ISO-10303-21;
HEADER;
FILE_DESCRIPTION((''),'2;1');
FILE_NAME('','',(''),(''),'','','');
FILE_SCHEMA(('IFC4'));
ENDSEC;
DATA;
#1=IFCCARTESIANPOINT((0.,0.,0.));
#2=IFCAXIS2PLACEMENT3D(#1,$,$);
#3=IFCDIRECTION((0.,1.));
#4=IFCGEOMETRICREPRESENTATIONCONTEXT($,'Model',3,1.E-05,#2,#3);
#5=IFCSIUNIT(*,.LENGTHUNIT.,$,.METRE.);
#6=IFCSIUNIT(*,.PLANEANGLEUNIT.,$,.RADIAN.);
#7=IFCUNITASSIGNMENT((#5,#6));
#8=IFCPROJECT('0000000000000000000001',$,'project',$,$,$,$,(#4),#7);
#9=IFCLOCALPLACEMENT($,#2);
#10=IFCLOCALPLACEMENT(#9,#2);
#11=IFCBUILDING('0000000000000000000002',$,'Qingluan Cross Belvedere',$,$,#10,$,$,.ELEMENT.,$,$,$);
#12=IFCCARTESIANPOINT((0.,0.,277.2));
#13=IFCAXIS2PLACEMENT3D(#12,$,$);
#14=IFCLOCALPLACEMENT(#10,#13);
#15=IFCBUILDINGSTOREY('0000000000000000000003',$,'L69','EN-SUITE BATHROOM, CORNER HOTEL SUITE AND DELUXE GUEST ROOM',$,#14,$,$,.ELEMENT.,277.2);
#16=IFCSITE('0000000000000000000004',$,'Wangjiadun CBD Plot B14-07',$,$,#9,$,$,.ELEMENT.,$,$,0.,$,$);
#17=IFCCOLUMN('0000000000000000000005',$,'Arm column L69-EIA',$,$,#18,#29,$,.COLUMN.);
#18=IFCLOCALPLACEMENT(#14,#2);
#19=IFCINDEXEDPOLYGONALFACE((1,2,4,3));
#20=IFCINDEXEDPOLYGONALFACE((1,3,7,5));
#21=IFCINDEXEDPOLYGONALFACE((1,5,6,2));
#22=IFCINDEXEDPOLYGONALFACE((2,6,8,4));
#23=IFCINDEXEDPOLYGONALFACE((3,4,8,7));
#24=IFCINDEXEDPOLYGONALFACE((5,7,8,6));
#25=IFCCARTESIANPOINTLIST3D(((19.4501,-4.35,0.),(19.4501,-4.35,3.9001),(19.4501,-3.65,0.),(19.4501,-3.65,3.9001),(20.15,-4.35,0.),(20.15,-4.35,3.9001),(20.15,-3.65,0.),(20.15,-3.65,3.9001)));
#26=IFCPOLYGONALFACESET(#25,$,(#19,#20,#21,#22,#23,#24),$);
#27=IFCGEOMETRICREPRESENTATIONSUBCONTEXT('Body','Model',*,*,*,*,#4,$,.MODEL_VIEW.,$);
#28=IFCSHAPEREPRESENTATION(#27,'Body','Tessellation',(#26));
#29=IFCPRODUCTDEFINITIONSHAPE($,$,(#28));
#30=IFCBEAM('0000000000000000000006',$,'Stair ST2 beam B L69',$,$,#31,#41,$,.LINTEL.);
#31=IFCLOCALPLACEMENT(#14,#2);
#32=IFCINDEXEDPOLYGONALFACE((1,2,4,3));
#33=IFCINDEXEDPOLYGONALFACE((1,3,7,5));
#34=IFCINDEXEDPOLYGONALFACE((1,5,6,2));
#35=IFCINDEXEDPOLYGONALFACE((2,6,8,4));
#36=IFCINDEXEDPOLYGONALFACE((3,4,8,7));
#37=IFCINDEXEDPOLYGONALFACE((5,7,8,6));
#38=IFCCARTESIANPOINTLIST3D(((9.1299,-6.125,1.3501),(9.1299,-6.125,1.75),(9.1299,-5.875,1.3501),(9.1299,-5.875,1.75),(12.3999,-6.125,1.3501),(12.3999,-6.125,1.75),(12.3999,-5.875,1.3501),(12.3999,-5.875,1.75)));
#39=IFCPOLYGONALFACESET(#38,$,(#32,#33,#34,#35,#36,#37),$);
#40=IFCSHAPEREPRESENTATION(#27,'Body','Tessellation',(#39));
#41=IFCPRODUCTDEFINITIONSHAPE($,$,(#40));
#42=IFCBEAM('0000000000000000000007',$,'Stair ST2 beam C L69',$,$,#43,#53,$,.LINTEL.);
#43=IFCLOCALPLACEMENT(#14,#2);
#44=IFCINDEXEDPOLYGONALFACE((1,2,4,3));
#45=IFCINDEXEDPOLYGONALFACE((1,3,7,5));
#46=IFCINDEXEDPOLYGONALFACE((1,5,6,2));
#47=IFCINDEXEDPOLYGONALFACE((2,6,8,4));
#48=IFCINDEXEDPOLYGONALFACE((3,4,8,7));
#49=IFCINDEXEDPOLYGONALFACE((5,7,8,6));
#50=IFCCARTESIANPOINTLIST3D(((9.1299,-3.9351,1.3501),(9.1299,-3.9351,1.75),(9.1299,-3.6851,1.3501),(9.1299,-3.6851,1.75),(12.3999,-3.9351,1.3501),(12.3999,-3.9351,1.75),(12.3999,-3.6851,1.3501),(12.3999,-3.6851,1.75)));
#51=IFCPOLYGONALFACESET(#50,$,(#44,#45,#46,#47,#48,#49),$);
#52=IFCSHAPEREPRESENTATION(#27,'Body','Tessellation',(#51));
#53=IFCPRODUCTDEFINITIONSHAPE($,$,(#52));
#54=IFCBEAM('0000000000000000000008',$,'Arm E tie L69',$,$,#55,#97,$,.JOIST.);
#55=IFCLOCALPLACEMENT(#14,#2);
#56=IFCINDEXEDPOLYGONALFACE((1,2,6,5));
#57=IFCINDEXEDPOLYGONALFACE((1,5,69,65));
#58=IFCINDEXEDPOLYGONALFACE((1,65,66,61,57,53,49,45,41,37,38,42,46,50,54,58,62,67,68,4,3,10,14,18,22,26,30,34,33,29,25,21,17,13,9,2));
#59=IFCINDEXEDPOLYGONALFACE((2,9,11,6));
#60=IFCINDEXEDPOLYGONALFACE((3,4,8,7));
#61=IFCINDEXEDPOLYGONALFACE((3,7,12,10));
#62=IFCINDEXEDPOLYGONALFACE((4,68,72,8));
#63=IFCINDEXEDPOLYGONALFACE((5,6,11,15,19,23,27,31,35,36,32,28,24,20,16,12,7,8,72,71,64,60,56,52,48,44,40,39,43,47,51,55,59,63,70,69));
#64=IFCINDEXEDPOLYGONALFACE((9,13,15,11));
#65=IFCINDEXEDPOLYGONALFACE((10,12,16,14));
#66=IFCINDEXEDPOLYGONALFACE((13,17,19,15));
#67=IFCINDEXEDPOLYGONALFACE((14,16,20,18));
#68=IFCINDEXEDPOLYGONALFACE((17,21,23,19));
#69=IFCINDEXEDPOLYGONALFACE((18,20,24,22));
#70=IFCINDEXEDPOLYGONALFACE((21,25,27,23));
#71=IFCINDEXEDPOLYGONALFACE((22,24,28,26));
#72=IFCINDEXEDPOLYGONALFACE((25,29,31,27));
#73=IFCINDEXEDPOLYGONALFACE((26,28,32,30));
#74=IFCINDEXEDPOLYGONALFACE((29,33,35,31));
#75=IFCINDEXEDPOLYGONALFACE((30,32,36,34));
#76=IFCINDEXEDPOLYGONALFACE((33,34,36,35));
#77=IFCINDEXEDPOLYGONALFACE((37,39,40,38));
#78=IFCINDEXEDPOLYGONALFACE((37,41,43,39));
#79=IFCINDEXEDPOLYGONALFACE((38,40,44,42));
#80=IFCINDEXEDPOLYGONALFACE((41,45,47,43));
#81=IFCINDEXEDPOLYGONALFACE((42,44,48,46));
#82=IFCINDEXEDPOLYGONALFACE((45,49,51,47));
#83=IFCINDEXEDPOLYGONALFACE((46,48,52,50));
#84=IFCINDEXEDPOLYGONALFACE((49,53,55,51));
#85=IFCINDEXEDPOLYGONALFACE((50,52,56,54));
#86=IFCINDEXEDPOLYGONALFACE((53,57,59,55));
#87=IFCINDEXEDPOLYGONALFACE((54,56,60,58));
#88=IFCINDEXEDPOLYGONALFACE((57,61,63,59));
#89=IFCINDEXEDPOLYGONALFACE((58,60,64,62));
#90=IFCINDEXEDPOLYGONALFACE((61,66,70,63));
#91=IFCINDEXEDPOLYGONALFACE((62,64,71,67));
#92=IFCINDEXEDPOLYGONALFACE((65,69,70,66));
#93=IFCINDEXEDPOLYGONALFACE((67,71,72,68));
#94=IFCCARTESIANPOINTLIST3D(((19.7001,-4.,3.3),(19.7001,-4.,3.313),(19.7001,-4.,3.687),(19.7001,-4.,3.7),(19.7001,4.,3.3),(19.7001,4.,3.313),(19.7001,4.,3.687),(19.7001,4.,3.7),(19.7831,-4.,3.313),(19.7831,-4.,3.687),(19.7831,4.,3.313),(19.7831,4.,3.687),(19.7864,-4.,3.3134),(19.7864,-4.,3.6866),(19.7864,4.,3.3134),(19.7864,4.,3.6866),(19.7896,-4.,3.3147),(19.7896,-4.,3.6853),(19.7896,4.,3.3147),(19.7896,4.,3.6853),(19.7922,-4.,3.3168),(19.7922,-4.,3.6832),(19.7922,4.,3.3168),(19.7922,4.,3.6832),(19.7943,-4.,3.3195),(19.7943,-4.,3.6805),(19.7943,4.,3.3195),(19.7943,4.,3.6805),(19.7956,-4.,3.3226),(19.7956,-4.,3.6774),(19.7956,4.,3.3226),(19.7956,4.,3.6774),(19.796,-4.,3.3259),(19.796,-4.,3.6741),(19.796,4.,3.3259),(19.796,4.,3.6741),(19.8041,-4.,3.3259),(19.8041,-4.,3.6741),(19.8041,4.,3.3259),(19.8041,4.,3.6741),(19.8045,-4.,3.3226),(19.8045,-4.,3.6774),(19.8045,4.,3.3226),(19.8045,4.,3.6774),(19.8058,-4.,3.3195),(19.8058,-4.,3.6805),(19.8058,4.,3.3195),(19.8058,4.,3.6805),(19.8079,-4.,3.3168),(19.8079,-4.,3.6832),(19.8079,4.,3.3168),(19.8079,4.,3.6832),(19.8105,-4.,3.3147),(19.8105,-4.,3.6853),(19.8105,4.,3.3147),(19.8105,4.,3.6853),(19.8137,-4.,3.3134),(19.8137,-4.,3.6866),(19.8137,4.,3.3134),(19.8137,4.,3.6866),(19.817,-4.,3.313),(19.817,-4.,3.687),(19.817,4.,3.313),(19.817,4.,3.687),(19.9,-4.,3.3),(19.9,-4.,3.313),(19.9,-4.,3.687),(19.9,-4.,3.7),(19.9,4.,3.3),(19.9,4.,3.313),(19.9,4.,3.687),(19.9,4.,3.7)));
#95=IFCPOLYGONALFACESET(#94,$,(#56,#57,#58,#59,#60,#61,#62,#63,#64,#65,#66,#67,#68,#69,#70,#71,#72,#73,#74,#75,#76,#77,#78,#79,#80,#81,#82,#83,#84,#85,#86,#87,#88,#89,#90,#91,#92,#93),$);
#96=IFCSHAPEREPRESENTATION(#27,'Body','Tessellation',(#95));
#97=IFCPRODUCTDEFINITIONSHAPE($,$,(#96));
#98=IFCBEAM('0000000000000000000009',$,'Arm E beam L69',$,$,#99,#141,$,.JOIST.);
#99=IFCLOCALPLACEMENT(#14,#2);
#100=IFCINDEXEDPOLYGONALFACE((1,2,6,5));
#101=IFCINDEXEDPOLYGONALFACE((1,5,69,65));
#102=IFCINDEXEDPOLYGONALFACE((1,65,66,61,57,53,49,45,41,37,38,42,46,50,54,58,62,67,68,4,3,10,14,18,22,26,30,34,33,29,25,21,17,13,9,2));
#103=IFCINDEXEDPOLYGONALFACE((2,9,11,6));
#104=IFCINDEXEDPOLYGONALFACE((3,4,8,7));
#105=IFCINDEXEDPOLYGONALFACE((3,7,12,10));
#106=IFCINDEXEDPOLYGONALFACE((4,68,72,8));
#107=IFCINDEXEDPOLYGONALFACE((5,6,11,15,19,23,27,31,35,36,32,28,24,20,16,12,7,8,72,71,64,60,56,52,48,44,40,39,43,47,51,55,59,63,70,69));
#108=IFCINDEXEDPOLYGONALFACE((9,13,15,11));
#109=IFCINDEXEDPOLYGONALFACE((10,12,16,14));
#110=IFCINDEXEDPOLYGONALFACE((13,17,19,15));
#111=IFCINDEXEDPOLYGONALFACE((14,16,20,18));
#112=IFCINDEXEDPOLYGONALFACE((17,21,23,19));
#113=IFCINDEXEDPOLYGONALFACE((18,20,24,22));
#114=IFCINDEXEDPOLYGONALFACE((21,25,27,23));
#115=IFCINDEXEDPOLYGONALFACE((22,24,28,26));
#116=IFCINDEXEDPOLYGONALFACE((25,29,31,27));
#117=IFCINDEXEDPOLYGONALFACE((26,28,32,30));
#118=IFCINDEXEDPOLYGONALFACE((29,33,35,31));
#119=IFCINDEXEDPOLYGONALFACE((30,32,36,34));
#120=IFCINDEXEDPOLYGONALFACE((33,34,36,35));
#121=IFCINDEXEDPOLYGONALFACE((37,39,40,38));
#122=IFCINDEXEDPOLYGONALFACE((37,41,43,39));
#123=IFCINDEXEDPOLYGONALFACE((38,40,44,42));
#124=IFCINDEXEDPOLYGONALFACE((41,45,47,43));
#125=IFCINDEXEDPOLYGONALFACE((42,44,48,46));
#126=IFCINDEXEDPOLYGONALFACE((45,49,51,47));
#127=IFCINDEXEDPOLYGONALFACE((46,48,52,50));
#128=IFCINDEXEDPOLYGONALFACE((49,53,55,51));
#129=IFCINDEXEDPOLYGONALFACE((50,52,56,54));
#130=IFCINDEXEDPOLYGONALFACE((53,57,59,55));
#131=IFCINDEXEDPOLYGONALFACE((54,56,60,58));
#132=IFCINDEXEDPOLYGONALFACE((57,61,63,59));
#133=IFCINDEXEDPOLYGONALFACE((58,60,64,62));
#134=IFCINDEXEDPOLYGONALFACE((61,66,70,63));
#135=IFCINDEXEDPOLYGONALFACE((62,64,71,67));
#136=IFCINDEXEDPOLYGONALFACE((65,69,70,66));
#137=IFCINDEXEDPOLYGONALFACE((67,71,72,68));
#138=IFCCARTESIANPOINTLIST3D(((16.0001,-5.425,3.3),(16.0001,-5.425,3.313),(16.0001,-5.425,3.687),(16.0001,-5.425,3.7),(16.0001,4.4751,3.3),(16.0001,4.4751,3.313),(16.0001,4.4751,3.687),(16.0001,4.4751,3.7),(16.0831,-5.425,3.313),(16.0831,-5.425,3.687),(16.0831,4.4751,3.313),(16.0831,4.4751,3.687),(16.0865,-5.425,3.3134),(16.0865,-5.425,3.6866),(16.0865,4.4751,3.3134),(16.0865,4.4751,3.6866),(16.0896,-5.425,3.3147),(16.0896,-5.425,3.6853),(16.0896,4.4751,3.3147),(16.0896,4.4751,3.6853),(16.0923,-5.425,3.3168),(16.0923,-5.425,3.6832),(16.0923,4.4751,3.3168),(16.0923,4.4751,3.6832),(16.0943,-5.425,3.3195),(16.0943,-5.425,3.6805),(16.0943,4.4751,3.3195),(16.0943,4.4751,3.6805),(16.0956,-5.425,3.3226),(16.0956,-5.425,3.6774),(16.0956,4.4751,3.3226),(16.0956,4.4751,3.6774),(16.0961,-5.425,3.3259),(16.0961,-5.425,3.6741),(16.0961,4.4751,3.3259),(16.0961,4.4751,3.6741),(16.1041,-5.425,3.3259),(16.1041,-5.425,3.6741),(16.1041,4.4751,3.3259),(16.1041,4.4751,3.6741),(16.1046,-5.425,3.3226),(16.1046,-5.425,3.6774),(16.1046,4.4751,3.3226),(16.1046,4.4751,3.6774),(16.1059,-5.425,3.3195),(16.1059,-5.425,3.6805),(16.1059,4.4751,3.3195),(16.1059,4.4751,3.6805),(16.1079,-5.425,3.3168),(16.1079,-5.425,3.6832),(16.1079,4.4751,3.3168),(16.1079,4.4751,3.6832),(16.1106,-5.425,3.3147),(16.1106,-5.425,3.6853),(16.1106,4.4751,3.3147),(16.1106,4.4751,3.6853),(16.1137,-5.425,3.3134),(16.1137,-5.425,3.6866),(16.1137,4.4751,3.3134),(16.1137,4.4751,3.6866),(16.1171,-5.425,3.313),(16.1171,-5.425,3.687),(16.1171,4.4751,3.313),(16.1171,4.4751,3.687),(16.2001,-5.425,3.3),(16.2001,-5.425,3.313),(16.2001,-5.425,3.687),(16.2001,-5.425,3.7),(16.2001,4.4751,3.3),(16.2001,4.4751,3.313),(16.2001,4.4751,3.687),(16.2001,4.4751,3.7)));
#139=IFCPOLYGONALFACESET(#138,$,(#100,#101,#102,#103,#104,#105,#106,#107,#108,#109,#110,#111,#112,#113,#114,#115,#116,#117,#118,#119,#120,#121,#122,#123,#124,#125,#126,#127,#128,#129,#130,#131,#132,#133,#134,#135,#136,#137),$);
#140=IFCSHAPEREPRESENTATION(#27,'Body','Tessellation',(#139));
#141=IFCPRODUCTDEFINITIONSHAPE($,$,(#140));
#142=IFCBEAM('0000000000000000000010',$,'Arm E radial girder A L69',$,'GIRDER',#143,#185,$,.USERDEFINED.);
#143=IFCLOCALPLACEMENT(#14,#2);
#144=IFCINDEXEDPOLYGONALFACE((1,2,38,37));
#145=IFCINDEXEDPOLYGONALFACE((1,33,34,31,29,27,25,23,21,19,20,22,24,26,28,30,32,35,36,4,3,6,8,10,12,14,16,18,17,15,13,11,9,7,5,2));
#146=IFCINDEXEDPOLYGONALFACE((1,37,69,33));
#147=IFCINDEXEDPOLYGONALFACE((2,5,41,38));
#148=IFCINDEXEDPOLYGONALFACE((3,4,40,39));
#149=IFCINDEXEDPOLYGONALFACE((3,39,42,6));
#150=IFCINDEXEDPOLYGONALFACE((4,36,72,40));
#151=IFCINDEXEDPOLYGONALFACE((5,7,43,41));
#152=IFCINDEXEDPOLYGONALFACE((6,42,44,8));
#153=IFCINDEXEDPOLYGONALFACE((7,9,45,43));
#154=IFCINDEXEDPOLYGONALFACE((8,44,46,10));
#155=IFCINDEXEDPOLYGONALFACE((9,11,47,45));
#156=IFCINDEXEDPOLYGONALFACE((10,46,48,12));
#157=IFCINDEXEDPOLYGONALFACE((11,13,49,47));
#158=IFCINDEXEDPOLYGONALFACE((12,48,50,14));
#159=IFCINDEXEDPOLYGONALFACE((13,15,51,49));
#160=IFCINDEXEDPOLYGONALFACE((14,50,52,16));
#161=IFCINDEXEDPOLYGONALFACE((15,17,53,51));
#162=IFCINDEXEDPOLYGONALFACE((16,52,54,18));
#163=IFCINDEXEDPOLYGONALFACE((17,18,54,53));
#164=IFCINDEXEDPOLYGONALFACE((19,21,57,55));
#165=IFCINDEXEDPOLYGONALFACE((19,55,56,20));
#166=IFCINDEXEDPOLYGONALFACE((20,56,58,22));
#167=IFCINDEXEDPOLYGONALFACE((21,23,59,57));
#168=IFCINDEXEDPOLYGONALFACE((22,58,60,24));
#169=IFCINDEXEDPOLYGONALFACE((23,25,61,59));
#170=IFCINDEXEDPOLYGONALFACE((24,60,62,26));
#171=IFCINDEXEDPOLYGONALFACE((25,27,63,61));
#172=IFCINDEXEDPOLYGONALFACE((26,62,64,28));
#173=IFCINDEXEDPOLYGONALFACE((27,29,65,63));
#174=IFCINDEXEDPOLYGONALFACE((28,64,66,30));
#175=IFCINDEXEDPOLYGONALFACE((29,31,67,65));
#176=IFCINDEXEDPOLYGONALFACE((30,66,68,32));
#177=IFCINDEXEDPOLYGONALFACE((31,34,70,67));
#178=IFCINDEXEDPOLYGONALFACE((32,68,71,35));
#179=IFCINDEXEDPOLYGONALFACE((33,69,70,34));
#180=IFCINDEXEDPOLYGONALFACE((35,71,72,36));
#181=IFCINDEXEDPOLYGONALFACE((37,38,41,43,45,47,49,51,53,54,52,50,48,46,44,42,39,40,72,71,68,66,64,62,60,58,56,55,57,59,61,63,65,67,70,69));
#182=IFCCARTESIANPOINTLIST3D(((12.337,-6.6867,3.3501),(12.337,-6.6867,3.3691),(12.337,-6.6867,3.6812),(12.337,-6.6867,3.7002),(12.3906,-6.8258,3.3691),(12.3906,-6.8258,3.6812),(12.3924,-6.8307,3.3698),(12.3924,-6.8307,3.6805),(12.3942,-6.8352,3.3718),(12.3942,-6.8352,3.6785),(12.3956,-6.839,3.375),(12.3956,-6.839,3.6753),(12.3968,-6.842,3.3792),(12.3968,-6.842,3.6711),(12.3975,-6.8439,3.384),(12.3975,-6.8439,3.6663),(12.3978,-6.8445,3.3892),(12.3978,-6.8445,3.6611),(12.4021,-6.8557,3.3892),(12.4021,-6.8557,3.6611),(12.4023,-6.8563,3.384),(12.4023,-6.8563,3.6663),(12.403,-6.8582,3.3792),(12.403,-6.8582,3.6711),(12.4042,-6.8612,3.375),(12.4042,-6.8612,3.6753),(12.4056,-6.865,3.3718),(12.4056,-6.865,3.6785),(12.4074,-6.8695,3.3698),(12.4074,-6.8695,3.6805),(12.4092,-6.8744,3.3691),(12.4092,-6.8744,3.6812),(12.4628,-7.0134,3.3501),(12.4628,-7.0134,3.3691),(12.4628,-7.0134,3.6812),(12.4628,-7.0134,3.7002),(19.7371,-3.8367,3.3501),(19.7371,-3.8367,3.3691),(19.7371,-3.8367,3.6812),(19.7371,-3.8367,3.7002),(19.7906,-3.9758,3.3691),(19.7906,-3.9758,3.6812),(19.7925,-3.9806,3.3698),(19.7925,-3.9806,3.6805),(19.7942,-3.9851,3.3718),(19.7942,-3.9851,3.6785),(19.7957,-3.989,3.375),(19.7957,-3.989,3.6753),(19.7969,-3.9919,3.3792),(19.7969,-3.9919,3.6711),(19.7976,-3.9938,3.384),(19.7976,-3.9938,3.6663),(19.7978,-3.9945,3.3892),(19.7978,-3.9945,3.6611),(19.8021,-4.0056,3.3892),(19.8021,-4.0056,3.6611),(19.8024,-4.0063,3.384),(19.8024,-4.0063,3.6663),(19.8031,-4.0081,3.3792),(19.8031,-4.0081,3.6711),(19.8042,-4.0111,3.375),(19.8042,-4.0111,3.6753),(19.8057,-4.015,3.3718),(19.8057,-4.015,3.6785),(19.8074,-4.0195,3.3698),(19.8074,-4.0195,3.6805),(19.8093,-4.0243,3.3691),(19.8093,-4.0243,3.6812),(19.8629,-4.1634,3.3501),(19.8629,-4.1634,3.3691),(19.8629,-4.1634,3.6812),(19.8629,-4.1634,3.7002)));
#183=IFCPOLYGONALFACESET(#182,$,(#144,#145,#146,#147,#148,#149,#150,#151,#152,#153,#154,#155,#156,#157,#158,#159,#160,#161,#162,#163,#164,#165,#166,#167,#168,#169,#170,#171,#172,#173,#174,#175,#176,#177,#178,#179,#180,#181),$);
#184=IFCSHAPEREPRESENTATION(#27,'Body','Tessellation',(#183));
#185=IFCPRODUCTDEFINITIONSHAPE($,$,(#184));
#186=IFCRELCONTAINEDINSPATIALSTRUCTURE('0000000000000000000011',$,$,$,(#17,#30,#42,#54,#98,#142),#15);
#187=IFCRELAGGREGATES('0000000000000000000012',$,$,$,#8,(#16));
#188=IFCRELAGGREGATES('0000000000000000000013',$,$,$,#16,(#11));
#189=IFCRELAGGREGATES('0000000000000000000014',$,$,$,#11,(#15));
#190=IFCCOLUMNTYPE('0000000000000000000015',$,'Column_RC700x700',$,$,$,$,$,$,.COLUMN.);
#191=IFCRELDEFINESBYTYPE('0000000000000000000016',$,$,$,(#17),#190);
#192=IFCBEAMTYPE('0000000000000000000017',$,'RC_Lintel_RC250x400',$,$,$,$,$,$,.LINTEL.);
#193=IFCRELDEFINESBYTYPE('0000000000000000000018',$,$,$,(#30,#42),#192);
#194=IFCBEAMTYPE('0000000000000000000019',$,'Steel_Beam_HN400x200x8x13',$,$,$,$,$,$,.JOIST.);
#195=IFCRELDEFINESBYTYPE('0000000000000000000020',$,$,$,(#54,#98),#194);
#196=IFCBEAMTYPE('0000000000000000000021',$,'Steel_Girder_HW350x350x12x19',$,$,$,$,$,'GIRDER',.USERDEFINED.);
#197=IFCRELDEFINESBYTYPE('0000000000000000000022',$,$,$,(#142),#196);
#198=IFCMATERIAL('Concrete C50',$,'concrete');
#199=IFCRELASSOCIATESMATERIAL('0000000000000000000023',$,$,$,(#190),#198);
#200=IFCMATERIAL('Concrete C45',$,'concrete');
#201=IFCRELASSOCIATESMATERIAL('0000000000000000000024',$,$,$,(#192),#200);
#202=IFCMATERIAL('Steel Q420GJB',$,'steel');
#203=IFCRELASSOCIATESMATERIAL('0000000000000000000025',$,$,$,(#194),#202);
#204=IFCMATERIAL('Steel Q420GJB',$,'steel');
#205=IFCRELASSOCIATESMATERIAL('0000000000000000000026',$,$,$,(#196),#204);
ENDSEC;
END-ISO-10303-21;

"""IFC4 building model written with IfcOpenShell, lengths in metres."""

from ifc_helpers import new_model, si_unit, direction, frame, origin, origin_2d, place, context, subcontext, project, spatial, rectangle, i_section, extrude, material, material_profile, profile_set, type_object, element, save


model = new_model("IFC4")

# Units and contexts
model_context = context("Model", 3, precision=1e-05, world=origin(), true_north=direction((0.0, 1.0)))
body_context = subcontext(model_context, "Body", "Model", "MODEL_VIEW")
ifc_project = project(units=[si_unit("LENGTHUNIT", "METRE"), si_unit("PLANEANGLEUNIT", "RADIAN")], contexts=[model_context])

# Site, building, storey
site_placement = place(None, origin())
site = spatial("IfcSite", under=ifc_project, at=site_placement, Name="Wangjiadun CBD Plot B14-07", CompositionType="ELEMENT", RefElevation=0.0)
building_placement = place(site_placement, origin())
building = spatial("IfcBuilding", under=site, at=building_placement, Name="Qingluan Cross Belvedere", CompositionType="ELEMENT")
storey_placement = place(building_placement, frame((0.0, 0.0, 277.2)))
storey = spatial("IfcBuildingStorey", under=building, at=storey_placement, Name="L69", Description="EN-SUITE BATHROOM, CORNER HOTEL SUITE AND DELUXE GUEST ROOM", CompositionType="ELEMENT", Elevation=277.2)

# Column
ifc_material_1 = material(Name="Concrete C50", Category="concrete")
ifc_material_profile_1 = material_profile(ifc_material_1, rectangle(XDim=0.7, YDim=0.7, at=origin_2d()), Name="RC700x700")
ifc_profile_set_1 = profile_set([ifc_material_profile_1], Name="Concrete C50")
column_type = type_object("IfcColumnType", Name="Column_RC700x700", PredefinedType="COLUMN", material=ifc_profile_set_1)
column_placement = place(storey_placement, frame((19.8, -4.0, 0.0), z_axis=(0.0, 0.0, 1.0), x_axis=(1.0, 0.0, 0.0)))
element("IfcColumn", 1, at=column_placement, inside=storey, type_object=column_type, Name="Arm column L69-EIA", PredefinedType="COLUMN", context=body_context, shape_type="SweptSolid", body=[
    extrude(rectangle(XDim=0.7, YDim=0.7, at=origin_2d()), origin(), (0.0, 0.0, 1.0), 3.9001),
])

# Beams
ifc_material_2 = material(Name="Concrete C45", Category="concrete")
ifc_material_profile_2 = material_profile(ifc_material_2, rectangle(XDim=0.25, YDim=0.3999, at=origin_2d()), Name="RC250x400")
ifc_profile_set_2 = profile_set([ifc_material_profile_2], Name="Concrete C45")
beam_type_1 = type_object("IfcBeamType", Name="RC_Lintel_RC250x400", PredefinedType="LINTEL", material=ifc_profile_set_2)
for number, where, z_axis, x_axis, name in (
    (2, (12.3999, -6.0, 1.55), (-1.0, 0.0, 0.0), (0.0, -1.0, 0.0), "Stair ST2 beam B L69"),
    (3, (12.3999, -3.8101, 1.55), (-1.0, 0.0, 0.0), (0.0, -1.0, 0.0), "Stair ST2 beam C L69"),
):
    element("IfcBeam", number, at=place(storey_placement, frame(where, z_axis=z_axis, x_axis=x_axis)), inside=storey, type_object=beam_type_1, Name=name, PredefinedType="LINTEL", context=body_context, shape_type="SweptSolid", body=[
        extrude(rectangle(XDim=0.25, YDim=0.3999, at=origin_2d()), origin(), (0.0, 0.0, 1.0), 3.27),
    ])
ifc_material_3 = material(Name="Steel Q420GJB", Category="steel")
ifc_material_profile_3 = material_profile(ifc_material_3, i_section(OverallWidth=0.2, OverallDepth=0.3999, WebThickness=0.0081, FlangeThickness=0.0129, FilletRadius=0.0129, at=origin_2d()), Name="HN400x200x8x13")
ifc_profile_set_3 = profile_set([ifc_material_profile_3], Name="Steel Q420GJB")
beam_type_2 = type_object("IfcBeamType", Name="Steel_Beam_HN400x200x8x13", PredefinedType="JOIST", material=ifc_profile_set_3)
beam_1_placement = place(storey_placement, frame((19.8, -4.0, 3.5), z_axis=(0.0, 1.0, 0.0), x_axis=(-1.0, 0.0, 0.0)))
element("IfcBeam", 4, at=beam_1_placement, inside=storey, type_object=beam_type_2, Name="Arm E tie L69", PredefinedType="JOIST", context=body_context, shape_type="SweptSolid", body=[
    extrude(i_section(OverallWidth=0.2, OverallDepth=0.3999, WebThickness=0.0081, FlangeThickness=0.0129, FilletRadius=0.0129, at=origin_2d()), origin(), (0.0, 0.0, 1.0), 8.0),
])
beam_2_placement = place(storey_placement, frame((16.1001, -5.425, 3.5), z_axis=(0.0, 1.0, 0.0), x_axis=(-1.0, 0.0, 0.0)))
element("IfcBeam", 5, at=beam_2_placement, inside=storey, type_object=beam_type_2, Name="Arm E beam L69", PredefinedType="JOIST", context=body_context, shape_type="SweptSolid", body=[
    extrude(i_section(OverallWidth=0.2, OverallDepth=0.3999, WebThickness=0.0081, FlangeThickness=0.0129, FilletRadius=0.0129, at=origin_2d()), origin(), (0.0, 0.0, 1.0), 9.9001),
])
ifc_material_4 = material(Name="Steel Q420GJB", Category="steel")
ifc_material_profile_4 = material_profile(ifc_material_4, i_section(OverallWidth=0.3501, OverallDepth=0.3501, WebThickness=0.012, FlangeThickness=0.019, FilletRadius=0.02, at=origin_2d()), Name="HW350x350x12x19")
ifc_profile_set_4 = profile_set([ifc_material_profile_4], Name="Steel Q420GJB")
beam_type_3 = type_object("IfcBeamType", Name="Steel_Girder_HW350x350x12x19", ElementType="GIRDER", PredefinedType="USERDEFINED", material=ifc_profile_set_4)
beam_3_placement = place(storey_placement, frame((12.3999, -6.8501, 3.5251), z_axis=(0.933181, 0.359406, 0.0), x_axis=(-0.359406, 0.933181, 0.0)))
element("IfcBeam", 6, at=beam_3_placement, inside=storey, type_object=beam_type_3, Name="Arm E radial girder A L69", ObjectType="GIRDER", PredefinedType="USERDEFINED", context=body_context, shape_type="SweptSolid", body=[
    extrude(i_section(OverallWidth=0.3501, OverallDepth=0.3501, WebThickness=0.012, FlangeThickness=0.019, FilletRadius=0.02, at=origin_2d()), origin(), (0.0, 0.0, 1.0), 7.9299),
])

save(model, "model.ifc")
